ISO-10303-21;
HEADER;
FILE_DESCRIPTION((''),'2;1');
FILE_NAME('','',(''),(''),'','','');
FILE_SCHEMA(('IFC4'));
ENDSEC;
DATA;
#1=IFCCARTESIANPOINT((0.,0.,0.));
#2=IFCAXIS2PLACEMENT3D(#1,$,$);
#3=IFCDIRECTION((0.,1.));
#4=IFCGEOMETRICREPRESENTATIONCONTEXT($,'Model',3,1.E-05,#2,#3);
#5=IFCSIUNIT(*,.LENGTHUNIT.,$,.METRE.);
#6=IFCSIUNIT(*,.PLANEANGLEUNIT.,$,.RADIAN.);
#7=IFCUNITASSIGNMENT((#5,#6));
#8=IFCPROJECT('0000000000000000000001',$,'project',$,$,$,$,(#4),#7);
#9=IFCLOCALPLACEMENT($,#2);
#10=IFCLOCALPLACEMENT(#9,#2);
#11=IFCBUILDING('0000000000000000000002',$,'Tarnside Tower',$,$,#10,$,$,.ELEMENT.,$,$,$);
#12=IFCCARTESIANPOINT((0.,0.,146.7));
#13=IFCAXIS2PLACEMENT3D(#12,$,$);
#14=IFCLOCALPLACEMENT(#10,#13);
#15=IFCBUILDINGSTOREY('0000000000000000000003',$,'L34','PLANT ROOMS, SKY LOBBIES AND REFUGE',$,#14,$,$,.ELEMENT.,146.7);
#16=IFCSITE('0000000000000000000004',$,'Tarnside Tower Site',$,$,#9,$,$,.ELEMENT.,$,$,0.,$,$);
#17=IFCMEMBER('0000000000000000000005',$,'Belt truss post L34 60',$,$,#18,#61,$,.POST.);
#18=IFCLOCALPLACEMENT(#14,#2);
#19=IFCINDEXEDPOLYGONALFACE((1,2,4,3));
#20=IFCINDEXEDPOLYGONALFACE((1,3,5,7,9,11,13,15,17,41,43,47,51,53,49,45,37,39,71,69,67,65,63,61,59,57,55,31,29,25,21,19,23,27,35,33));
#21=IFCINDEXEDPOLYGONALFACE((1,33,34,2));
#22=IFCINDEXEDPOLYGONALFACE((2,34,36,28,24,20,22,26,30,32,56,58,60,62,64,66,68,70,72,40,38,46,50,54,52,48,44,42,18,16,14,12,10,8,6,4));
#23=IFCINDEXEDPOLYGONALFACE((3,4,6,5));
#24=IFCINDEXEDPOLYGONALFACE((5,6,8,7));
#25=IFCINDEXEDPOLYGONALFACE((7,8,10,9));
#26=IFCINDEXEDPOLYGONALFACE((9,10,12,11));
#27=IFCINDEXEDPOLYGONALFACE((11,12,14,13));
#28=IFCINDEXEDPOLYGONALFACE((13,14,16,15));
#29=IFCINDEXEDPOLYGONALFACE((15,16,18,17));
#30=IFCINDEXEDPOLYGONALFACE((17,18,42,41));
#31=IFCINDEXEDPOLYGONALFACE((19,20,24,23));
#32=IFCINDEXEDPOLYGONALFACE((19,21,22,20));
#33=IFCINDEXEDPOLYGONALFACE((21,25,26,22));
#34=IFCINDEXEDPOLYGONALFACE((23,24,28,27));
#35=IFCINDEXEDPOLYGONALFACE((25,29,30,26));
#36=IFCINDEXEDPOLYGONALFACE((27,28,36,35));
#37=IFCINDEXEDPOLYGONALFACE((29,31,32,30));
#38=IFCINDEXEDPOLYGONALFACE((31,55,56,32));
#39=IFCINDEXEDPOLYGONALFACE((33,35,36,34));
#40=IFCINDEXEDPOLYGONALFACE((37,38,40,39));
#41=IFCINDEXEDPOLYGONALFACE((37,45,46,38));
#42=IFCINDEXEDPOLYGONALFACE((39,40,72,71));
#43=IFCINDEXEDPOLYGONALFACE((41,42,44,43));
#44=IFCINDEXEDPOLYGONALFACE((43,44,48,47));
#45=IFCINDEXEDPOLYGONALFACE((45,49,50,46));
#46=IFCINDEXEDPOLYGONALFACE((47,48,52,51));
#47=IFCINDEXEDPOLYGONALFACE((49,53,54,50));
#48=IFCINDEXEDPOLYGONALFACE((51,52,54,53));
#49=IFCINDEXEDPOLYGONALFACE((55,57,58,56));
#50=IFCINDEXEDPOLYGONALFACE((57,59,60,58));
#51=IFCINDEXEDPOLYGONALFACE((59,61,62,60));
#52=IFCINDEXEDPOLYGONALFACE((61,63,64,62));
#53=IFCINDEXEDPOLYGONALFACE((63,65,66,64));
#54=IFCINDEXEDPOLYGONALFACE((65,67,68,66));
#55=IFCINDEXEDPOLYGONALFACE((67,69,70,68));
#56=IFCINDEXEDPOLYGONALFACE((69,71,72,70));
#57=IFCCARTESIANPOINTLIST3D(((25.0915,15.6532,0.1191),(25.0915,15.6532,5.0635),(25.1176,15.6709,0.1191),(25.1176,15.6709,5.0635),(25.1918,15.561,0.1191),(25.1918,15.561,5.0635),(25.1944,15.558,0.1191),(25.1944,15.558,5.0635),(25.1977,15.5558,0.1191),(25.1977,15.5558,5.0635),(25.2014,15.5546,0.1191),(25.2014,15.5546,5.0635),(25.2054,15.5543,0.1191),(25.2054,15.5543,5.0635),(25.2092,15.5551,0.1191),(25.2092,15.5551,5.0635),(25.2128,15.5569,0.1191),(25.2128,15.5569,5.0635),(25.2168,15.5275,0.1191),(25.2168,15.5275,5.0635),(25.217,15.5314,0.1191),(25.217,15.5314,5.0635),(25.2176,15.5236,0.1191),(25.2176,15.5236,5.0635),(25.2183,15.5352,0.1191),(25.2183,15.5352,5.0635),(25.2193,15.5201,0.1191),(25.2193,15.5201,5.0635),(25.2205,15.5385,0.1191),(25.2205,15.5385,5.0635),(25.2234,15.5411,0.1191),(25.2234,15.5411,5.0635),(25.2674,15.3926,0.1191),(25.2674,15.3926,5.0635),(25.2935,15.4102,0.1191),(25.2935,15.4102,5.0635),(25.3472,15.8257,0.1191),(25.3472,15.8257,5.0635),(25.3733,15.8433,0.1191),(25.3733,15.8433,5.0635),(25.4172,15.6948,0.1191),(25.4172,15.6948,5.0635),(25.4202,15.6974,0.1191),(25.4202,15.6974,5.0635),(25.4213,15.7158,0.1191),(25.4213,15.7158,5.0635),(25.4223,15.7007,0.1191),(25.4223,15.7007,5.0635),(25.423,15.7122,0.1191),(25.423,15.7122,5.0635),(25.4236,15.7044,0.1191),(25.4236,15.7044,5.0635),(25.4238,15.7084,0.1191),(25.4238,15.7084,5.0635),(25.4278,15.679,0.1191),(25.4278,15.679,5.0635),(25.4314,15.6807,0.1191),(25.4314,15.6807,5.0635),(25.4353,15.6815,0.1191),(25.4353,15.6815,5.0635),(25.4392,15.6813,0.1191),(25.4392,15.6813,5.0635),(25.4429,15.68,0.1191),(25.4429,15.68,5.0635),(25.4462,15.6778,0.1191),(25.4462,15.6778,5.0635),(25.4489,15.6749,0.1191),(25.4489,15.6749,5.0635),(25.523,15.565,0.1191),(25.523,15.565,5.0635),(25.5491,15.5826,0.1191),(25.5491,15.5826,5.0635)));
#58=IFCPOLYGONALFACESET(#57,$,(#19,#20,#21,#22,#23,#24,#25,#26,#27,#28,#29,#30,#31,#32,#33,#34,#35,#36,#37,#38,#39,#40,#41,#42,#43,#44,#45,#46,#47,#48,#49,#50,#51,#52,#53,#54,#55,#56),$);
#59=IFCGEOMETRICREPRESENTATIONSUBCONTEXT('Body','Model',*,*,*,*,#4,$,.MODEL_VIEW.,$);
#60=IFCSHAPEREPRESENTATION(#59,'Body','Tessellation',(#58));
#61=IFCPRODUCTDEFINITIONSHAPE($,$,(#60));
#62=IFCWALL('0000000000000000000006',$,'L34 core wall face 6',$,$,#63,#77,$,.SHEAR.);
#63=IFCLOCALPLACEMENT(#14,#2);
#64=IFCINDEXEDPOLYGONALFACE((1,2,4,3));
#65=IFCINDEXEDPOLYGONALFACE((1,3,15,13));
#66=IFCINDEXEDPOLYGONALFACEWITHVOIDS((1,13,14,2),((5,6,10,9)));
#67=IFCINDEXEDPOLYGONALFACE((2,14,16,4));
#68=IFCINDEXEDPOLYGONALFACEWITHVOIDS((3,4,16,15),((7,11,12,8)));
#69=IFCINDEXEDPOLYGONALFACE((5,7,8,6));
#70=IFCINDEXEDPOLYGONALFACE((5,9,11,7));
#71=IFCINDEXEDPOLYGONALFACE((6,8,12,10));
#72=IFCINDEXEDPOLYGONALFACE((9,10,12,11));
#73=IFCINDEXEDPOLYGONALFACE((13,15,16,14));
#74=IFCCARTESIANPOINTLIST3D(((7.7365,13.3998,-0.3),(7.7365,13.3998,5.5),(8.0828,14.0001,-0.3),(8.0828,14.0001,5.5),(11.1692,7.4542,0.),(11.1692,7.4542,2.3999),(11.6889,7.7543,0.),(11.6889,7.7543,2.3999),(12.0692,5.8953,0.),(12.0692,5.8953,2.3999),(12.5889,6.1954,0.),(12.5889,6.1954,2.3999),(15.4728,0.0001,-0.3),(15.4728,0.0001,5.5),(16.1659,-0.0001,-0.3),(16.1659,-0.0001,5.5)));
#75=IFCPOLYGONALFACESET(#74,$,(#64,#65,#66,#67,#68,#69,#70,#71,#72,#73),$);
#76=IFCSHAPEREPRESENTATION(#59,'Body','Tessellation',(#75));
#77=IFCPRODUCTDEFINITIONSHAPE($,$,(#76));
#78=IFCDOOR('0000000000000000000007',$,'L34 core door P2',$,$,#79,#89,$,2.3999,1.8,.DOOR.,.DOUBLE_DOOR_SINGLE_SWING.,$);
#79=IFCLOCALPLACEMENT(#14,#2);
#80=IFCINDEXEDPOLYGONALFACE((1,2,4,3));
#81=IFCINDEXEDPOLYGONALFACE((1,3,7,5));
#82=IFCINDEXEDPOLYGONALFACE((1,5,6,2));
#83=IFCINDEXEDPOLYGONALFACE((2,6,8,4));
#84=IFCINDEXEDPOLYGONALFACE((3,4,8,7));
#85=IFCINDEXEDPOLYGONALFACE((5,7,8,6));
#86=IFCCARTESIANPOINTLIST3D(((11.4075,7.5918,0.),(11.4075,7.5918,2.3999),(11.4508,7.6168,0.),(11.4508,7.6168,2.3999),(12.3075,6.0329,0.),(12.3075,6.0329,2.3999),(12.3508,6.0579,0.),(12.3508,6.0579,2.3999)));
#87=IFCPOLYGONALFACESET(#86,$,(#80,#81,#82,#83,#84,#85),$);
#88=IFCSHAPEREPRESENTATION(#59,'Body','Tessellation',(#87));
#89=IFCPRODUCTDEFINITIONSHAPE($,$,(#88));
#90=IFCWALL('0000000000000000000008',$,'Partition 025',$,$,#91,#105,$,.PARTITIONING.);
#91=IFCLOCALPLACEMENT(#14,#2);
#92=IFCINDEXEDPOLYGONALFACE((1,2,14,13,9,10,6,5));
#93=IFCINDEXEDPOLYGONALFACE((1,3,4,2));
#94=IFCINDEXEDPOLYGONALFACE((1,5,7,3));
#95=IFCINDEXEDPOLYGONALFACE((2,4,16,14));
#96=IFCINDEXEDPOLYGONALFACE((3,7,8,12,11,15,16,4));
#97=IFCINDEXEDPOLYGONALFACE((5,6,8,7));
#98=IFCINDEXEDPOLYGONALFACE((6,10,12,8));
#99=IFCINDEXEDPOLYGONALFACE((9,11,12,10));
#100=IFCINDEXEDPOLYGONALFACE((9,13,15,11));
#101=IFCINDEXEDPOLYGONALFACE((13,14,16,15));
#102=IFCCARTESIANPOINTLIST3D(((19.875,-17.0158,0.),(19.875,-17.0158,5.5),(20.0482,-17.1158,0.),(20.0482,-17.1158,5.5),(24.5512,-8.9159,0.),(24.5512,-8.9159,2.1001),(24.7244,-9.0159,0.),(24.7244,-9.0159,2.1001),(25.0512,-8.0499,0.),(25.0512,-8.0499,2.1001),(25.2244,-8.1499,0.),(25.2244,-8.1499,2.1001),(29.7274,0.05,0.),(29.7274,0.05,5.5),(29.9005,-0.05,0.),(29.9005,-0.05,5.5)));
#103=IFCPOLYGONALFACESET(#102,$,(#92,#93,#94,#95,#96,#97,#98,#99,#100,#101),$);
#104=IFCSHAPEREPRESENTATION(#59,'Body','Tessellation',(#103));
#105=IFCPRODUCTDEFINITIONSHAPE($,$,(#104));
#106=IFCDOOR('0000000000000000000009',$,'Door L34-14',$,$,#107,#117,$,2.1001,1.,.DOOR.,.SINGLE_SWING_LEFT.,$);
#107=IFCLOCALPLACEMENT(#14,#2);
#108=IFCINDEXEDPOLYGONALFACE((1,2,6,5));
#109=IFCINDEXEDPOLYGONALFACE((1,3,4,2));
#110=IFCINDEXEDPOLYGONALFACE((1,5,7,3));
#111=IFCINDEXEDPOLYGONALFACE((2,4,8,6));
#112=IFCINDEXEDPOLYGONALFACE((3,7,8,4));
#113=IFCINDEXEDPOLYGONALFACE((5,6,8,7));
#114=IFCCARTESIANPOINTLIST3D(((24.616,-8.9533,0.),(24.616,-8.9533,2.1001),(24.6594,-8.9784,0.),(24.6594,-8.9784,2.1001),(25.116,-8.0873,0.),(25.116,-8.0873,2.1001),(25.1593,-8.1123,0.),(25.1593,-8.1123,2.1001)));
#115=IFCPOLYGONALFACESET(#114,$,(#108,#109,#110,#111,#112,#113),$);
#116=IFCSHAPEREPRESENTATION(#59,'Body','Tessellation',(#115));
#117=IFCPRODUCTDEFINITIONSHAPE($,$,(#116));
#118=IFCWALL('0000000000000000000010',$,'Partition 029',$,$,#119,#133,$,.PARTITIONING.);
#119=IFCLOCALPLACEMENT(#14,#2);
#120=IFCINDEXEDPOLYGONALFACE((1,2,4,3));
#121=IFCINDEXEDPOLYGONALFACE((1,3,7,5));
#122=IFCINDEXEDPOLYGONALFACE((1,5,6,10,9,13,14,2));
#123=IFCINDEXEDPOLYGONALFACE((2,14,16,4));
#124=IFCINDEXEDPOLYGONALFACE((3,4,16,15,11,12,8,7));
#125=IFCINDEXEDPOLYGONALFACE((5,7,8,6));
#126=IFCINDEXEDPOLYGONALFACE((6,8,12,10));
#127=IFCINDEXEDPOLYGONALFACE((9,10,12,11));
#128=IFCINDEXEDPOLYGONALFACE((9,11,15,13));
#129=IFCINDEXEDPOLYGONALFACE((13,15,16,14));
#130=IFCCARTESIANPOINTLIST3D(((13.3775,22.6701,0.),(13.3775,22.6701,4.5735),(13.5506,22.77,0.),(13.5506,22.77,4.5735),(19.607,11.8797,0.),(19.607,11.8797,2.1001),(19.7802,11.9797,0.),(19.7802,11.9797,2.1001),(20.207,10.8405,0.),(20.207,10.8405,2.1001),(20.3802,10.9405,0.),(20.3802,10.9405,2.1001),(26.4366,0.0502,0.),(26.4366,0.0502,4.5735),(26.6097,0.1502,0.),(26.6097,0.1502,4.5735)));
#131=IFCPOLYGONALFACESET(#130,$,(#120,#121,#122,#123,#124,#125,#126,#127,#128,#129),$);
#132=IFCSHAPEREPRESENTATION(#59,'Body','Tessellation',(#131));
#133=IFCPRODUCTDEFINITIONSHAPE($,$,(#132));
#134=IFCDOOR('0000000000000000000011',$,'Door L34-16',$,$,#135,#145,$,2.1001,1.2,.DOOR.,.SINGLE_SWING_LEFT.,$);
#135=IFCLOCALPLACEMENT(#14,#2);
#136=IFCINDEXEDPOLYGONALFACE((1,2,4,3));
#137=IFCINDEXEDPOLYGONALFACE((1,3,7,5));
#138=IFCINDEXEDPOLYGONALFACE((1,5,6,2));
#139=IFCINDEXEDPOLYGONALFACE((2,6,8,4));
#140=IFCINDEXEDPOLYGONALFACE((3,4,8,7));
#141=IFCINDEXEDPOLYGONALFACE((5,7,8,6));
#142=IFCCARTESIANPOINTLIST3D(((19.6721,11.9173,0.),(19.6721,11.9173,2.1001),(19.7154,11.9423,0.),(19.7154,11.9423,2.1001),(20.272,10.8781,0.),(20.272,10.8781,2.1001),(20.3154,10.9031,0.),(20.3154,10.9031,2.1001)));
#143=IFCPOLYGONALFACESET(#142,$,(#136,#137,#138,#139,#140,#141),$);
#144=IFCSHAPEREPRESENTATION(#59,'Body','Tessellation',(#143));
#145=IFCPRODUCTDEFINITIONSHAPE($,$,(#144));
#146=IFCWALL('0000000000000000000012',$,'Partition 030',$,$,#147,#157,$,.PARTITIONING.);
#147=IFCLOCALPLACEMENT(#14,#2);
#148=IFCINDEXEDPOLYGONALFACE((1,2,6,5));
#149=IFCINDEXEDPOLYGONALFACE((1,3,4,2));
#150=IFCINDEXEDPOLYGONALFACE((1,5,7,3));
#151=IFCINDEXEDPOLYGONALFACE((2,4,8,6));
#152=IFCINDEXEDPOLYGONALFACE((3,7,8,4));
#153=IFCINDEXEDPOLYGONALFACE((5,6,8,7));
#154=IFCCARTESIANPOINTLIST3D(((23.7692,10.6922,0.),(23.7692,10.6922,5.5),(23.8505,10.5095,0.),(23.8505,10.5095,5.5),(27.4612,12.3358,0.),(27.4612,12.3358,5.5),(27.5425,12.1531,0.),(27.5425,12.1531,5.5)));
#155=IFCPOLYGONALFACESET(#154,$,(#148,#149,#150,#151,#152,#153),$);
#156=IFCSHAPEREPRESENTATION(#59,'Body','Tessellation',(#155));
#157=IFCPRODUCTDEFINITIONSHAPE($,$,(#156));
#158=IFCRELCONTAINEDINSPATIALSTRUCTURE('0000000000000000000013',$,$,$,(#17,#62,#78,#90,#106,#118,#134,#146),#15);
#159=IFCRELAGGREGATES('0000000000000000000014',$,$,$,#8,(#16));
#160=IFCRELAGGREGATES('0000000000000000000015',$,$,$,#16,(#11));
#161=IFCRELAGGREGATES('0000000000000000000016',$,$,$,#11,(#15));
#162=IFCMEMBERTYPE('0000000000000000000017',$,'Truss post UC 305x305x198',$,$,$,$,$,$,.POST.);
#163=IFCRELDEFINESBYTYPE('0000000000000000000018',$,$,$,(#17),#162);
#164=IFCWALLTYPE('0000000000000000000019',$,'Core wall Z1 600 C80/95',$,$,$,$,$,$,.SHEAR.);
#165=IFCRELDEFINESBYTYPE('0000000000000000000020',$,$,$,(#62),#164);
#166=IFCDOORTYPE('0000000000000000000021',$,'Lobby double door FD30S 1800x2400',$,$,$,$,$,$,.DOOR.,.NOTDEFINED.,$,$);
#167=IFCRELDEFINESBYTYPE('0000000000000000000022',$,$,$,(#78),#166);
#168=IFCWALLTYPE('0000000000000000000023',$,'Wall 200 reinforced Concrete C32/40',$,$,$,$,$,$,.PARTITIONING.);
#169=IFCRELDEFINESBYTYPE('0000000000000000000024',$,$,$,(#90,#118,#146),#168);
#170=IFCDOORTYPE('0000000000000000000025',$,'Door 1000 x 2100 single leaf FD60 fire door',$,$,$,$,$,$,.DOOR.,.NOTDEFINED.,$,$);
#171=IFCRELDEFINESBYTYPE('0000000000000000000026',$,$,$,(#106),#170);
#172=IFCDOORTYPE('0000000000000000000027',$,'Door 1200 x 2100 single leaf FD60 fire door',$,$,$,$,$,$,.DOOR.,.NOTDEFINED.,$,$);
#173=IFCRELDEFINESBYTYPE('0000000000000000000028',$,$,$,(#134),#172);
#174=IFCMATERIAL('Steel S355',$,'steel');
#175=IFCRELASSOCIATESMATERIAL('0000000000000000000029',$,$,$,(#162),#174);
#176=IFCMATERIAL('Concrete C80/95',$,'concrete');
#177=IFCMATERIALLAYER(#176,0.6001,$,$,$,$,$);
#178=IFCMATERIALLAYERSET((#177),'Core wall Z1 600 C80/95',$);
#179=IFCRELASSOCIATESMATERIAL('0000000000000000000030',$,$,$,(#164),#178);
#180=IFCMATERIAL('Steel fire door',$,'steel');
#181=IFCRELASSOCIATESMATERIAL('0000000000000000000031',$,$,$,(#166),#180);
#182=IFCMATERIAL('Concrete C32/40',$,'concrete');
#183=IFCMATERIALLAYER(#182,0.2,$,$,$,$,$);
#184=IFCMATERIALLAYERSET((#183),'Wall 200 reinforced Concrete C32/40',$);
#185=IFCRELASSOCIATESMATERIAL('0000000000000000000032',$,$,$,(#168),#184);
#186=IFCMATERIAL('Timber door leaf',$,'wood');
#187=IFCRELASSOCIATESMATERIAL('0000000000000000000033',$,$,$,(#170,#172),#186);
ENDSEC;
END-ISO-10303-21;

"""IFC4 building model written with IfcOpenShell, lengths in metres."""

from ifc_helpers import new_model, si_unit, direction, frame, frame_2d, origin, origin_2d, place, context, subcontext, project, spatial, polyline, rectangle, i_section, outline, extrude, material, layer, layer_set, material_profile, profile_set, type_object, element, fill, save


model = new_model("IFC4")

# Units and contexts
model_context = context("Model", 3, precision=1e-05, world=origin(), true_north=direction((0.0, 1.0)))
body_context = subcontext(model_context, "Body", "Model", "MODEL_VIEW")
ifc_project = project(units=[si_unit("LENGTHUNIT", "METRE"), si_unit("PLANEANGLEUNIT", "RADIAN")], contexts=[model_context])

# Site, building, storey
site_placement = place(None, origin())
site = spatial("IfcSite", under=ifc_project, at=site_placement, Name="Tarnside Tower Site", CompositionType="ELEMENT", RefElevation=0.0)
building_placement = place(site_placement, origin())
building = spatial("IfcBuilding", under=site, at=building_placement, Name="Tarnside Tower", CompositionType="ELEMENT")
storey_placement = place(building_placement, frame((0.0, 0.0, 146.7)))
storey = spatial("IfcBuildingStorey", under=building, at=storey_placement, Name="L34", Description="PLANT ROOMS, SKY LOBBIES AND REFUGE", CompositionType="ELEMENT", Elevation=146.7)

# Shared definitions
ifc_material_1 = material(Name="Steel S355", Category="steel")

# Member
ifc_material_profile_1 = material_profile(ifc_material_1, i_section(OverallWidth=0.3145, OverallDepth=0.3398, WebThickness=0.019, FlangeThickness=0.0315, FilletRadius=0.0151, at=origin_2d()), Name="UC 305x305x198")
ifc_profile_set_1 = profile_set([ifc_material_profile_1], Name="Steel S355")
member_type_1 = type_object("IfcMemberType", Name="Truss post UC 305x305x198", PredefinedType="POST", material=ifc_profile_set_1)
for number, where, z_axis, x_axis, name in (
    (1, (25.3203, 15.6179, 0.1191), (0.0, 0.0, 1.0), (-0.559193, 0.829038, 0.0), "Belt truss post L34 60"),
):
    element("IfcMember", number, at=place(storey_placement, frame(where, z_axis=z_axis, x_axis=x_axis)), inside=storey, type_object=member_type_1, Name=name, PredefinedType="POST", context=body_context, shape_type="SweptSolid", body=[
        extrude(i_section(OverallWidth=0.3145, OverallDepth=0.3398, WebThickness=0.019, FlangeThickness=0.0315, FilletRadius=0.0151, at=origin_2d()), origin(), (0.0, 0.0, 1.0), 4.9443),
    ])

# Walls, openings, doors
ifc_material_2 = material(Name="Concrete C80/95", Category="concrete")
ifc_layer_1 = layer(ifc_material_2, 0.6001)
ifc_layer_set_1 = layer_set([ifc_layer_1], Name="Core wall Z1 600 C80/95")
wall_type_1 = type_object("IfcWallType", Name="Core wall Z1 600 C80/95", PredefinedType="SHEAR", material=ifc_layer_set_1)
wall_1_placement = place(storey_placement, frame((15.8193, 0.0, -0.3), z_axis=(0.0, 0.0, 1.0), x_axis=(-0.5, 0.866025, 0.0)))
wall_1 = element("IfcWall", 2, at=wall_1_placement, inside=storey, type_object=wall_type_1, Name="L34 core wall face 6", PredefinedType="SHEAR", context=body_context, shape_type="SweptSolid", body=[
    extrude(outline(polyline([(-0.1733, -0.3), (15.9927, -0.3), (15.646, 0.3), (0.1733, 0.3), (-0.1733, -0.3)])), origin(), (0.0, 0.0, 1.0), 5.8),
])
opening_1_placement = place(wall_1_placement, frame((6.9807, 0.0, 0.3)))
opening_1 = element("IfcOpeningElement", 3, at=opening_1_placement, cuts=wall_1, PredefinedType="OPENING", context=body_context, shape_type="SweptSolid", body=[
    extrude(rectangle(XDim=1.8, YDim=2.3999, at=frame_2d((0.8999, 1.2))), frame((0.0, 0.3101, 0.0), z_axis=(0.0, -1.0, 0.0), x_axis=(1.0, 0.0, 0.0)), (0.0, 0.0, 1.0), 0.6201),
])
ifc_material_3 = material(Name="Steel fire door", Category="steel")
door_type_1 = type_object("IfcDoorType", Name="Lobby double door FD30S 1800x2400", OperationType="NOTDEFINED", PredefinedType="DOOR", material=ifc_material_3)
door_1_placement = place(opening_1_placement, origin())
door_1 = element("IfcDoor", 4, at=door_1_placement, inside=storey, type_object=door_type_1, Name="L34 core door P2", OperationType="DOUBLE_DOOR_SINGLE_SWING", OverallHeight=2.3999, OverallWidth=1.8, PredefinedType="DOOR", context=body_context, shape_type="SweptSolid", body=[
    extrude(rectangle(XDim=1.8, YDim=2.3999, at=frame_2d((0.8999, 1.2))), frame((0.0, 0.0249, 0.0), z_axis=(0.0, -1.0, 0.0), x_axis=(1.0, 0.0, 0.0)), (0.0, 0.0, 1.0), 0.05),
])
fill(opening_1, door_1)
ifc_material_4 = material(Name="Concrete C32/40", Category="concrete")
ifc_layer_2 = layer(ifc_material_4, 0.2)
ifc_layer_set_2 = layer_set([ifc_layer_2], Name="Wall 200 reinforced Concrete C32/40")
wall_type_2 = type_object("IfcWallType", Name="Wall 200 reinforced Concrete C32/40", PredefinedType="PARTITIONING", material=ifc_layer_set_2)
wall_2_placement = place(storey_placement, frame((29.814, 0.0, 0.0), z_axis=(0.0, 0.0, 1.0), x_axis=(-0.499978, -0.866038, 0.0)))
wall_2 = element("IfcWall", 5, at=wall_2_placement, inside=storey, type_object=wall_type_2, Name="Partition 025", PredefinedType="PARTITIONING", context=body_context, shape_type="SweptSolid", body=[
    extrude(rectangle(XDim=19.7056, YDim=0.2, at=frame_2d((9.8528, 0.0))), origin(), (0.0, 0.0, 1.0), 5.5),
])
opening_2_placement = place(wall_2_placement, frame((9.3528, 0.0, 0.0)))
opening_2 = element("IfcOpeningElement", 6, at=opening_2_placement, cuts=wall_2, PredefinedType="OPENING", context=body_context, shape_type="SweptSolid", body=[
    extrude(rectangle(XDim=1.0, YDim=2.1001, at=frame_2d((0.5, 1.05))), frame((0.0, 0.1099, 0.0), z_axis=(0.0, -1.0, 0.0), x_axis=(1.0, 0.0, 0.0)), (0.0, 0.0, 1.0), 0.22),
])
ifc_material_5 = material(Name="Timber door leaf", Category="wood")
door_type_2 = type_object("IfcDoorType", Name="Door 1000 x 2100 single leaf FD60 fire door", OperationType="NOTDEFINED", PredefinedType="DOOR", material=ifc_material_5)
door_2_placement = place(opening_2_placement, origin())
door_2 = element("IfcDoor", 7, at=door_2_placement, inside=storey, type_object=door_type_2, Name="Door L34-14", OperationType="SINGLE_SWING_LEFT", OverallHeight=2.1001, OverallWidth=1.0, PredefinedType="DOOR", context=body_context, shape_type="SweptSolid", body=[
    extrude(rectangle(XDim=1.0, YDim=2.1001, at=frame_2d((0.5, 1.05))), frame((0.0, 0.0249, 0.0), z_axis=(0.0, -1.0, 0.0), x_axis=(1.0, 0.0, 0.0)), (0.0, 0.0, 1.0), 0.05),
])
fill(opening_2, door_2)
wall_3_placement = place(storey_placement, frame((26.5232, 0.1001, 0.0), z_axis=(0.0, 0.0, 1.0), x_axis=(-0.499985, 0.866034, 0.0)))
wall_3 = element("IfcWall", 8, at=wall_3_placement, inside=storey, type_object=wall_type_2, Name="Partition 029", PredefinedType="PARTITIONING", context=body_context, shape_type="SweptSolid", body=[
    extrude(rectangle(XDim=26.1189, YDim=0.2, at=frame_2d((13.0596, 0.0))), origin(), (0.0, 0.0, 1.0), 4.5735),
])
opening_3_placement = place(wall_3_placement, frame((12.4595, 0.0, 0.0)))
opening_3 = element("IfcOpeningElement", 9, at=opening_3_placement, cuts=wall_3, PredefinedType="OPENING", context=body_context, shape_type="SweptSolid", body=[
    extrude(rectangle(XDim=1.2, YDim=2.1001, at=frame_2d((0.6001, 1.05))), frame((0.0, 0.1099, 0.0), z_axis=(0.0, -1.0, 0.0), x_axis=(1.0, 0.0, 0.0)), (0.0, 0.0, 1.0), 0.22),
])
door_type_3 = type_object("IfcDoorType", Name="Door 1200 x 2100 single leaf FD60 fire door", OperationType="NOTDEFINED", PredefinedType="DOOR", material=ifc_material_5)
door_3_placement = place(opening_3_placement, origin())
door_3 = element("IfcDoor", 10, at=door_3_placement, inside=storey, type_object=door_type_3, Name="Door L34-16", OperationType="SINGLE_SWING_LEFT", OverallHeight=2.1001, OverallWidth=1.2, PredefinedType="DOOR", context=body_context, shape_type="SweptSolid", body=[
    extrude(rectangle(XDim=1.2, YDim=2.1001, at=frame_2d((0.6001, 1.05))), frame((0.0, 0.0249, 0.0), z_axis=(0.0, -1.0, 0.0), x_axis=(1.0, 0.0, 0.0)), (0.0, 0.0, 1.0), 0.05),
])
fill(opening_3, door_3)

# Wall
wall_4_placement = place(storey_placement, frame((27.5017, 12.2444, 0.0), z_axis=(0.0, 0.0, 1.0), x_axis=(-0.913562, -0.406699, 0.0)))
element("IfcWall", 11, at=wall_4_placement, inside=storey, type_object=wall_type_2, Name="Partition 030", PredefinedType="PARTITIONING", context=body_context, shape_type="SweptSolid", body=[
    extrude(rectangle(XDim=4.0413, YDim=0.2, at=frame_2d((2.0205, 0.0))), origin(), (0.0, 0.0, 1.0), 5.5),
])

save(model, "model.ifc")
